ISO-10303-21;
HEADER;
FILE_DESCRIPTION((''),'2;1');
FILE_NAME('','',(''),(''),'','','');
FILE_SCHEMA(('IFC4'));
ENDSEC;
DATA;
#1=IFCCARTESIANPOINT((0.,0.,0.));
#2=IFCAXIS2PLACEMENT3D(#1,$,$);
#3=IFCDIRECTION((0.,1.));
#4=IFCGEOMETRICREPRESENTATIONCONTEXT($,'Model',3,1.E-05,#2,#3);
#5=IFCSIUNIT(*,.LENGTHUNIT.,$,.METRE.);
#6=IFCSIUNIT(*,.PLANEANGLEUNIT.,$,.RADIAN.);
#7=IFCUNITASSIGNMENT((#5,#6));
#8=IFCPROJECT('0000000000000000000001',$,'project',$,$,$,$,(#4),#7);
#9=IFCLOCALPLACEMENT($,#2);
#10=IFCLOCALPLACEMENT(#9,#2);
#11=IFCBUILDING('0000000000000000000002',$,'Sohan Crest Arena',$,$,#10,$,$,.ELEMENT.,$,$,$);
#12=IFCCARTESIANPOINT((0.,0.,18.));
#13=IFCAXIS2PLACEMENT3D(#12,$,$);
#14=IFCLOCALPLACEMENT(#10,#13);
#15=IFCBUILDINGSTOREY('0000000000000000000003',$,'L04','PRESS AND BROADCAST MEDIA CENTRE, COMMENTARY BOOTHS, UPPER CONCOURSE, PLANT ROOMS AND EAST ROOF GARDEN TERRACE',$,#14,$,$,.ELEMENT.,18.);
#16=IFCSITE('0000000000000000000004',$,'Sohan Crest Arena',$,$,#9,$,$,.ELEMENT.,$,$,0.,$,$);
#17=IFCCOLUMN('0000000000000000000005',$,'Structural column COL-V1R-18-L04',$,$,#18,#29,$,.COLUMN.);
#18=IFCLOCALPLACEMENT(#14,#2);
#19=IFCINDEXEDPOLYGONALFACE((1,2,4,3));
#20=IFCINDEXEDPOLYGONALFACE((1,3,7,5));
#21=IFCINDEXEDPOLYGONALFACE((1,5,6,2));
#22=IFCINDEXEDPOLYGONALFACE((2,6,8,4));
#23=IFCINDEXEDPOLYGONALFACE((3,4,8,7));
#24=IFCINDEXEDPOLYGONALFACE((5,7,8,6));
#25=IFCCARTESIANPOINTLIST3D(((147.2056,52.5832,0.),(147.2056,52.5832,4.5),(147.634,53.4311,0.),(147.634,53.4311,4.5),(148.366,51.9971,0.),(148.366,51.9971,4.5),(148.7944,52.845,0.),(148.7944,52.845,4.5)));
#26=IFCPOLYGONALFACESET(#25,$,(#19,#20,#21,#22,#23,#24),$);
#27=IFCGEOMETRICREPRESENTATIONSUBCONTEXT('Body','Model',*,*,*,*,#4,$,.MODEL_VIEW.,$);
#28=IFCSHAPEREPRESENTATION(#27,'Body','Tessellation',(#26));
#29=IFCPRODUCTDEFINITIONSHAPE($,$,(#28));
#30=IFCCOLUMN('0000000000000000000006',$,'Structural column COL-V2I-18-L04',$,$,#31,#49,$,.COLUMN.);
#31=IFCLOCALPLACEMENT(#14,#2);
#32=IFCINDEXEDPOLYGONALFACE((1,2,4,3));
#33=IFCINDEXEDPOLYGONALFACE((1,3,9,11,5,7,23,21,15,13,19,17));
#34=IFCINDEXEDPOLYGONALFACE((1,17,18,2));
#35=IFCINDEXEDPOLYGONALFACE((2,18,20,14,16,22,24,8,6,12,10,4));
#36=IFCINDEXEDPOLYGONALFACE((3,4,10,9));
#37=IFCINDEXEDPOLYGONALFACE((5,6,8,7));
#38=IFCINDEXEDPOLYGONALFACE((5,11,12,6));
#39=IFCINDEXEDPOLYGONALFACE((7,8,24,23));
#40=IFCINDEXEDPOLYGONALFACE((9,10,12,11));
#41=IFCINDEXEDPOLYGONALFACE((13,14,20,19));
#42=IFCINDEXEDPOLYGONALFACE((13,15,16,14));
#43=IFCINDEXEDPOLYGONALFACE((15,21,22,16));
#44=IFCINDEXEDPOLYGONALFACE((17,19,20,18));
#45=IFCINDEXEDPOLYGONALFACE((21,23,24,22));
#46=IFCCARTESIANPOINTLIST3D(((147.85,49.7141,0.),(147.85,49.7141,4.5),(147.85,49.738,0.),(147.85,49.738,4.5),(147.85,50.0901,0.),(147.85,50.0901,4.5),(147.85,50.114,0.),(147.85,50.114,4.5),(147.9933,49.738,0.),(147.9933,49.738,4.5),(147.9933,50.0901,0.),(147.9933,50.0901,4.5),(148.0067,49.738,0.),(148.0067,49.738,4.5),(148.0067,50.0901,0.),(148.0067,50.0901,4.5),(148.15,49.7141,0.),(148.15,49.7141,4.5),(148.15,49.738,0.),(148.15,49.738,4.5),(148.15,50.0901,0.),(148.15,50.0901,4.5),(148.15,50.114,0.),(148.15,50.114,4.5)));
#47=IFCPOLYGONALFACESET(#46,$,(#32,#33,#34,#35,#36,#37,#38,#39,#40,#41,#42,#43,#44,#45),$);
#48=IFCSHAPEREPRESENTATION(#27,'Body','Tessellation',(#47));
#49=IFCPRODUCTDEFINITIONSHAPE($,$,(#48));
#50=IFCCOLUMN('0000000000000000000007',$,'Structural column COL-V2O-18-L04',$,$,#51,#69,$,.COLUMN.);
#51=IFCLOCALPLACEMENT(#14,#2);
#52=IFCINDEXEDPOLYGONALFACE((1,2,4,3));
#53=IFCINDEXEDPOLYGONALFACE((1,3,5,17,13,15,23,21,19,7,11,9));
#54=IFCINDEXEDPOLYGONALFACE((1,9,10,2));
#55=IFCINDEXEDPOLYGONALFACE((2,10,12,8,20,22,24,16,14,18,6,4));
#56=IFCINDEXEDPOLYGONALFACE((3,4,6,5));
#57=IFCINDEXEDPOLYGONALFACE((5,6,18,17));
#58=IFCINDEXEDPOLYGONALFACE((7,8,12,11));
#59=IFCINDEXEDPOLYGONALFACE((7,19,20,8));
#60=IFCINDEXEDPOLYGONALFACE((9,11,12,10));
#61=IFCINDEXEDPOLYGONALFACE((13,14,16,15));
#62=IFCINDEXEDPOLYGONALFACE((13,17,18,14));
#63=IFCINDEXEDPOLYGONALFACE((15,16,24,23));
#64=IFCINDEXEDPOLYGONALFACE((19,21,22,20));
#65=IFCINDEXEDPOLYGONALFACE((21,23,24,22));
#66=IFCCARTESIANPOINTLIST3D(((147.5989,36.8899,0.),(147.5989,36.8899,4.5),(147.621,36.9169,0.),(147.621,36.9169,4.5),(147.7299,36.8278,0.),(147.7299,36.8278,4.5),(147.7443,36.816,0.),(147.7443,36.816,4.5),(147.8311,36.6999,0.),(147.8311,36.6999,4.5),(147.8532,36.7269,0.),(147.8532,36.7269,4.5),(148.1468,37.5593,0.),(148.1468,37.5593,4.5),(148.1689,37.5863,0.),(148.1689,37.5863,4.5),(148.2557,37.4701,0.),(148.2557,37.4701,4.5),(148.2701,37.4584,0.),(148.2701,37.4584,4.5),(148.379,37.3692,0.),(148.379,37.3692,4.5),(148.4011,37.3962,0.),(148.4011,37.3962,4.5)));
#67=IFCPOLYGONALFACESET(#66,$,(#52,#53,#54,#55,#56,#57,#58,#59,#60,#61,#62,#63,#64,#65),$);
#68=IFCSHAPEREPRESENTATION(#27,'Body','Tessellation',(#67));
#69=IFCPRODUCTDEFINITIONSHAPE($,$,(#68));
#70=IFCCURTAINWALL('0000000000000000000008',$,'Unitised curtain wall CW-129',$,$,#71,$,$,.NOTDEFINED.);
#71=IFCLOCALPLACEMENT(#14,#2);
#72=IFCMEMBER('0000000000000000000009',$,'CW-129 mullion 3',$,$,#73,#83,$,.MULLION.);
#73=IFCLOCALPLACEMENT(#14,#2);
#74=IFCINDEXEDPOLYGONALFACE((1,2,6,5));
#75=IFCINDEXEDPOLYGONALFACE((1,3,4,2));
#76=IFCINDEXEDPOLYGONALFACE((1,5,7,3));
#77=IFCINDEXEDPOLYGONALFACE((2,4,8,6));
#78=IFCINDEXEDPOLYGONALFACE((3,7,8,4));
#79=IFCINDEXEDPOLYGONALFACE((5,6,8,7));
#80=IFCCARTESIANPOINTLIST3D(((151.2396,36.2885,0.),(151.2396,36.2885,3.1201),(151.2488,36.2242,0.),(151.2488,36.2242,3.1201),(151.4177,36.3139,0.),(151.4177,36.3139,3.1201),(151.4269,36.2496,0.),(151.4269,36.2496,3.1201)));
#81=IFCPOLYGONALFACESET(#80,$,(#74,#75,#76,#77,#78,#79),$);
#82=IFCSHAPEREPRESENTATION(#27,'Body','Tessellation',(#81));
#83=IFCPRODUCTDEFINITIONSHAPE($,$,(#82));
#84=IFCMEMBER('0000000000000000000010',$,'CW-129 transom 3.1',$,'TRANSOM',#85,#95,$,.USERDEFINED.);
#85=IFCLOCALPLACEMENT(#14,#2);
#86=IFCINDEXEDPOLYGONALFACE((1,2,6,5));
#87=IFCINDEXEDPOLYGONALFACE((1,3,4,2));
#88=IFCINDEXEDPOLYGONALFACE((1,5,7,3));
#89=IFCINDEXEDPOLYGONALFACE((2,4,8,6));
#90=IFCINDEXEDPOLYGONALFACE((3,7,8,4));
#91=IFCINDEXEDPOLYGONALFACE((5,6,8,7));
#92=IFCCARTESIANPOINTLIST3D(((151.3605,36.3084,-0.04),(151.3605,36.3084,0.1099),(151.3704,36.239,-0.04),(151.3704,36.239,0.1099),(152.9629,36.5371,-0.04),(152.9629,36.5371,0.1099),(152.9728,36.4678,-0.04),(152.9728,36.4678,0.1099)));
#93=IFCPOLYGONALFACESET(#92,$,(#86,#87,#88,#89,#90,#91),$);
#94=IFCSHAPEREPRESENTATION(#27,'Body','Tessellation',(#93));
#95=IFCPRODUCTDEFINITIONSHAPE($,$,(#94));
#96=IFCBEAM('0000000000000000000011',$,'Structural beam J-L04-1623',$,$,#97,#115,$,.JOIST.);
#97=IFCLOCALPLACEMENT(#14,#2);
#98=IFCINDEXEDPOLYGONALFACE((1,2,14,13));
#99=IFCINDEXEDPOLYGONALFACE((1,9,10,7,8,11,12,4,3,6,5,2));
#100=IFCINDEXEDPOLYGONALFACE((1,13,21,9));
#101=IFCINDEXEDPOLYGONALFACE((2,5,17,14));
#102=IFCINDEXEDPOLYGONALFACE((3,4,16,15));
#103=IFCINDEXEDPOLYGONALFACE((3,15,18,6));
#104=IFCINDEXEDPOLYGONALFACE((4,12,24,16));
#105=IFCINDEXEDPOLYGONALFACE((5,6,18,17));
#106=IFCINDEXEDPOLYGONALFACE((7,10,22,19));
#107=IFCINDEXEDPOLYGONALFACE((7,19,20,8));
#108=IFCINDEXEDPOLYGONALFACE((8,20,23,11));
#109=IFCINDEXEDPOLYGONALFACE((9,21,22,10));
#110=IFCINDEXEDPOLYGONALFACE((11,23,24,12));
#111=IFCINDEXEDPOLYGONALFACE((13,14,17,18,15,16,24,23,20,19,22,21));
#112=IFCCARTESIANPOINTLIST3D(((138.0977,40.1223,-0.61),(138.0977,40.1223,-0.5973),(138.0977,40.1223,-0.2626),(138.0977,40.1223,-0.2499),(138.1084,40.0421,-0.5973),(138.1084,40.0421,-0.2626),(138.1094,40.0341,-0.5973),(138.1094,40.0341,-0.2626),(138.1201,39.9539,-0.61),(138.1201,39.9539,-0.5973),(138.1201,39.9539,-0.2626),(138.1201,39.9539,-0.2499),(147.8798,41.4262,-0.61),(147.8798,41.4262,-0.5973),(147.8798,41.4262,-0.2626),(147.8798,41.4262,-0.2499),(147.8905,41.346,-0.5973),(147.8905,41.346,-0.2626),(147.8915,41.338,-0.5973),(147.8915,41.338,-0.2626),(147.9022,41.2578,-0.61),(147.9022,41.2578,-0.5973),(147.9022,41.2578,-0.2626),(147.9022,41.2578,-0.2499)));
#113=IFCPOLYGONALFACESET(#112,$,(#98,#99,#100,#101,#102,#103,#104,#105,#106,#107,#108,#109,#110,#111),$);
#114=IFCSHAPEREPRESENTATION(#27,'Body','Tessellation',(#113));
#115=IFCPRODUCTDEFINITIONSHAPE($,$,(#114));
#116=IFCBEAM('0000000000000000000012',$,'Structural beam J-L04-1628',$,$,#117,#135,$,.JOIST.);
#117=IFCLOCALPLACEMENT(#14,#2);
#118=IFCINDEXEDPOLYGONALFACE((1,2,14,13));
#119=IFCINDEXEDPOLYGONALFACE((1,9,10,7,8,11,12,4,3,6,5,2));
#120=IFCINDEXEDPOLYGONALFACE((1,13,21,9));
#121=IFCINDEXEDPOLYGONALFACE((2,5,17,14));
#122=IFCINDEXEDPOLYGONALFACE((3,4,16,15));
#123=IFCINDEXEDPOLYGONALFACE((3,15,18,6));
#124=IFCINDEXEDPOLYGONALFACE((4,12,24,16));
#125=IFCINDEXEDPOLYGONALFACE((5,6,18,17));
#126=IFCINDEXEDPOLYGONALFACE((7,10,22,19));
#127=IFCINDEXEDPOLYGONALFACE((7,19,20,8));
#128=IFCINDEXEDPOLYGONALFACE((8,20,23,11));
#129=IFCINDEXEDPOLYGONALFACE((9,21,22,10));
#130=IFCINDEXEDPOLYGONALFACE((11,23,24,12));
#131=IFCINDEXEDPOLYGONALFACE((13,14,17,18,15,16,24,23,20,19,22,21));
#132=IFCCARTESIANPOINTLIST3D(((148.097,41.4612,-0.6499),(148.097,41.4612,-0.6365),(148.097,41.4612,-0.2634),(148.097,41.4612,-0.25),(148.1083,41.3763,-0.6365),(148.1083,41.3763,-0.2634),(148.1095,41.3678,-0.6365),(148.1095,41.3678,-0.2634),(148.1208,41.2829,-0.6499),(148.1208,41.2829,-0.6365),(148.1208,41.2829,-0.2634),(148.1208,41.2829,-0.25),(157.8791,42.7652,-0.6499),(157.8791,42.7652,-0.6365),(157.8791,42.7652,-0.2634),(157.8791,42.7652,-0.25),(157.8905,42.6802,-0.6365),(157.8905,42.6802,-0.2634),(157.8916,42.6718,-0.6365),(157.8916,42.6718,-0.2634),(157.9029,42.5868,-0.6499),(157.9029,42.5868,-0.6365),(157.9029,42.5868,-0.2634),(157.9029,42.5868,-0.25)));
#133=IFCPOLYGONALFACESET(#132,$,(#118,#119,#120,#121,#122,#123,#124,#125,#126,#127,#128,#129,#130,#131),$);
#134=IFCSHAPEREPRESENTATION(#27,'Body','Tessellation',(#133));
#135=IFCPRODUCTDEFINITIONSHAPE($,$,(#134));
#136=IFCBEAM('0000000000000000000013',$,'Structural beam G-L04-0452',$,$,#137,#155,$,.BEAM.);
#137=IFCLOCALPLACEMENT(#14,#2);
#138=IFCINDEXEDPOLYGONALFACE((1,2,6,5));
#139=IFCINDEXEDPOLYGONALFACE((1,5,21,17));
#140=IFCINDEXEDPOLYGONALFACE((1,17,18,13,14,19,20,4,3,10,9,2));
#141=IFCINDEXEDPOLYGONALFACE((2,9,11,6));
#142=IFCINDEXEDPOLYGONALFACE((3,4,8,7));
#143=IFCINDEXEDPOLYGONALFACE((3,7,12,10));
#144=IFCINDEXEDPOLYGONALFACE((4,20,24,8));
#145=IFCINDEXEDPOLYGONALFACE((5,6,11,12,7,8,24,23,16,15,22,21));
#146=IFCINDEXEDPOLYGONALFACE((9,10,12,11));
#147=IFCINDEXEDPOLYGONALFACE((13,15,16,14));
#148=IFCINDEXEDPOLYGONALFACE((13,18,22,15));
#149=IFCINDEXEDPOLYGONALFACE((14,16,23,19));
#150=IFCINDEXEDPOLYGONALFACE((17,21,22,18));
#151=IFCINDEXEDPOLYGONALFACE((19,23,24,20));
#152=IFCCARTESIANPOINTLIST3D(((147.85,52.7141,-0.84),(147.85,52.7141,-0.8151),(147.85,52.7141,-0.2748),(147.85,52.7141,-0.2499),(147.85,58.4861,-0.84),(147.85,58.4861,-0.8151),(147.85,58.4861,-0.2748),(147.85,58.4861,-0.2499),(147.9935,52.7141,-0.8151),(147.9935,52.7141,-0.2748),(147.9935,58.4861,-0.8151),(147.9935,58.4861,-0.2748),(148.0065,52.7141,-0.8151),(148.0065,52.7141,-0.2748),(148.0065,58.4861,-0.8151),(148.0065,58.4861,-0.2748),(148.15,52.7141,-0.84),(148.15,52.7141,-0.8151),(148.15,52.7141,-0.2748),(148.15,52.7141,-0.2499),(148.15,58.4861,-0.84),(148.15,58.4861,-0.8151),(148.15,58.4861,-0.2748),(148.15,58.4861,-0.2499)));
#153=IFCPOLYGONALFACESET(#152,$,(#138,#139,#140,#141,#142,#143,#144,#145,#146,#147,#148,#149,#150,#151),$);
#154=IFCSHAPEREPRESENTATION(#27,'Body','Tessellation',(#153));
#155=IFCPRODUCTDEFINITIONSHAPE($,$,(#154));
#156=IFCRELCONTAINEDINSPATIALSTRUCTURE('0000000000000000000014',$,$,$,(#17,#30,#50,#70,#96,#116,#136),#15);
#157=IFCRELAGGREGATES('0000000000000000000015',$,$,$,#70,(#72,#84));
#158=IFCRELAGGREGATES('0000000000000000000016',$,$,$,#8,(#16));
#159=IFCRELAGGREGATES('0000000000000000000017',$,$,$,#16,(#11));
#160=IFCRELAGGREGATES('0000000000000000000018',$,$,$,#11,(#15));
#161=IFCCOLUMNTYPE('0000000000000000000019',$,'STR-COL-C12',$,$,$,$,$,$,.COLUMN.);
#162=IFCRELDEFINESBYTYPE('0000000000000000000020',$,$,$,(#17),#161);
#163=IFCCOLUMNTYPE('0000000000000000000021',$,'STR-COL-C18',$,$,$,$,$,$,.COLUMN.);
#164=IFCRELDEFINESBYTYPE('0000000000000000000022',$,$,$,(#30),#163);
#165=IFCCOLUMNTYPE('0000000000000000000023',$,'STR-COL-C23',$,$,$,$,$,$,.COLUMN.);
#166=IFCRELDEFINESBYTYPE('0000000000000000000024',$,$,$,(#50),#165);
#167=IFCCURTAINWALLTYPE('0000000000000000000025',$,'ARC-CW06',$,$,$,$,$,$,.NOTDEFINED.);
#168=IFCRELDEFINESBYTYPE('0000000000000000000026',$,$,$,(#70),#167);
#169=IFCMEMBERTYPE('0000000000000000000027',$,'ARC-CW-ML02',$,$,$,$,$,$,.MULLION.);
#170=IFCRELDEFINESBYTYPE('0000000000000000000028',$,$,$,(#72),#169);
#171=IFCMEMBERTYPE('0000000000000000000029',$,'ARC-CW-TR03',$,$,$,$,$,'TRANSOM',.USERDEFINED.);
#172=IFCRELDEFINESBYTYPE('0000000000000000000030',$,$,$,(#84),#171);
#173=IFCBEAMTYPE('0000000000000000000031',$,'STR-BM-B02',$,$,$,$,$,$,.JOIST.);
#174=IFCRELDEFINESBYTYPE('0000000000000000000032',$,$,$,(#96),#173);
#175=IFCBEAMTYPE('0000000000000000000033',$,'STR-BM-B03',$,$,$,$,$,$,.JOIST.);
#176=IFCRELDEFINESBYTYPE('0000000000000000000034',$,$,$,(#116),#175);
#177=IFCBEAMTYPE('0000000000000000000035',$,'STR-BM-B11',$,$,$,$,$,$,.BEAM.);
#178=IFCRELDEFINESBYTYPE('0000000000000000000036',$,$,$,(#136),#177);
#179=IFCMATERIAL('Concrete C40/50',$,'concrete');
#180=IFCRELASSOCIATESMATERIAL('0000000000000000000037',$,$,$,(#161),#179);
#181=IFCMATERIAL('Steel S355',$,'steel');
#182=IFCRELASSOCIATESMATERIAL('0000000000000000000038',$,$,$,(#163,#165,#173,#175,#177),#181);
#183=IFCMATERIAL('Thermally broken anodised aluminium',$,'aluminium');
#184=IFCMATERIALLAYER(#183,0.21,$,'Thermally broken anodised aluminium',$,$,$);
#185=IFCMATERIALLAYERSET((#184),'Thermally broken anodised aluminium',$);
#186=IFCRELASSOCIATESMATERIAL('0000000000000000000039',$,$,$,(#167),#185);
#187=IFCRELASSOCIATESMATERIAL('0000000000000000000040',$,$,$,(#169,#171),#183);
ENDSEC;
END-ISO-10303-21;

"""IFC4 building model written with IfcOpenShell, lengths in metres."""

from ifc_helpers import new_model, si_unit, direction, frame, origin, origin_2d, place, context, subcontext, project, spatial, rectangle, i_section, extrude, material, layer, layer_set, material_profile, profile_set, type_object, element, aggregate, save


model = new_model("IFC4")

# Units and contexts
model_context = context("Model", 3, precision=1e-05, world=origin(), true_north=direction((0.0, 1.0)))
body_context = subcontext(model_context, "Body", "Model", "MODEL_VIEW")
ifc_project = project(units=[si_unit("LENGTHUNIT", "METRE"), si_unit("PLANEANGLEUNIT", "RADIAN")], contexts=[model_context])

# Site, building, storey
site_placement = place(None, origin())
site = spatial("IfcSite", under=ifc_project, at=site_placement, Name="Sohan Crest Arena", CompositionType="ELEMENT", RefElevation=0.0)
building_placement = place(site_placement, origin())
building = spatial("IfcBuilding", under=site, at=building_placement, Name="Sohan Crest Arena", CompositionType="ELEMENT")
storey_placement = place(building_placement, frame((0.0, 0.0, 18.0)))
storey = spatial("IfcBuildingStorey", under=building, at=storey_placement, Name="L04", Description="PRESS AND BROADCAST MEDIA CENTRE, COMMENTARY BOOTHS, UPPER CONCOURSE, PLANT ROOMS AND EAST ROOF GARDEN TERRACE", CompositionType="ELEMENT", Elevation=18.0)

# Columns
ifc_material_1 = material(Name="Concrete C40/50", Category="concrete")
ifc_material_profile_1 = material_profile(ifc_material_1, rectangle(XDim=1.3, YDim=0.95, at=origin_2d()), Name="RC 1300x950")
ifc_profile_set_1 = profile_set([ifc_material_profile_1], Name="Concrete C40/50")
column_type_1 = type_object("IfcColumnType", Name="STR-COL-C12", PredefinedType="COLUMN", material=ifc_profile_set_1)
column_1_placement = place(storey_placement, frame((148.0, 52.7141, 0.0), z_axis=(0.0, 0.0, 1.0), x_axis=(-0.892586, 0.450878, 0.0)))
element("IfcColumn", 1, at=column_1_placement, inside=storey, type_object=column_type_1, Name="Structural column COL-V1R-18-L04", PredefinedType="COLUMN", context=body_context, shape_type="SweptSolid", body=[
    extrude(rectangle(XDim=1.3, YDim=0.95, at=origin_2d()), origin(), (0.0, 0.0, 1.0), 4.5),
])
ifc_material_2 = material(Name="Steel S355", Category="steel")
ifc_material_profile_2 = material_profile(ifc_material_2, i_section(OverallWidth=0.3, OverallDepth=0.3999, WebThickness=0.0134, FlangeThickness=0.0239, at=origin_2d()), Name="HEB 400")
ifc_profile_set_2 = profile_set([ifc_material_profile_2], Name="Steel S355")
column_type_2 = type_object("IfcColumnType", Name="STR-COL-C18", PredefinedType="COLUMN", material=ifc_profile_set_2)
column_2_placement = place(storey_placement, frame((148.0, 49.9141, 0.0), z_axis=(0.0, 0.0, 1.0), x_axis=(1.0, 0.0, 0.0)))
element("IfcColumn", 2, at=column_2_placement, inside=storey, type_object=column_type_2, Name="Structural column COL-V2I-18-L04", PredefinedType="COLUMN", context=body_context, shape_type="SweptSolid", body=[
    extrude(i_section(OverallWidth=0.3, OverallDepth=0.3999, WebThickness=0.0134, FlangeThickness=0.0239, at=origin_2d()), origin(), (0.0, 0.0, 1.0), 4.5),
])
ifc_material_profile_3 = material_profile(ifc_material_2, i_section(OverallWidth=0.3, OverallDepth=0.8999, WebThickness=0.0186, FlangeThickness=0.0349, at=origin_2d()), Name="HEB 900")
ifc_profile_set_3 = profile_set([ifc_material_profile_3], Name="Steel S355")
column_type_3 = type_object("IfcColumnType", Name="STR-COL-C23", PredefinedType="COLUMN", material=ifc_profile_set_3)
column_3_placement = place(storey_placement, frame((148.0, 37.1431, 0.0), z_axis=(0.0, 0.0, 1.0), x_axis=(-0.77384, 0.633381, 0.0)))
element("IfcColumn", 3, at=column_3_placement, inside=storey, type_object=column_type_3, Name="Structural column COL-V2O-18-L04", PredefinedType="COLUMN", context=body_context, shape_type="SweptSolid", body=[
    extrude(i_section(OverallWidth=0.3, OverallDepth=0.8999, WebThickness=0.0186, FlangeThickness=0.0349, at=origin_2d()), origin(), (0.0, 0.0, 1.0), 4.5),
])

# Curtain wall, members
ifc_material_3 = material(Name="Thermally broken anodised aluminium", Category="aluminium")
ifc_layer_1 = layer(ifc_material_3, 0.21, Name="Thermally broken anodised aluminium")
ifc_layer_set_1 = layer_set([ifc_layer_1], Name="Thermally broken anodised aluminium")
curtain_wall_type = type_object("IfcCurtainWallType", Name="ARC-CW06", PredefinedType="NOTDEFINED", material=ifc_layer_set_1)
curtain_wall_placement = place(storey_placement, origin())
curtain_wall = element("IfcCurtainWall", 4, at=curtain_wall_placement, inside=storey, type_object=curtain_wall_type, Name="Unitised curtain wall CW-129", PredefinedType="NOTDEFINED")
ifc_material_profile_4 = material_profile(ifc_material_3, rectangle(XDim=0.0649, YDim=0.1799, at=origin_2d()), Name="ALU-MULL 65x180")
ifc_profile_set_4 = profile_set([ifc_material_profile_4], Name="Thermally broken anodised aluminium")
member_type_1 = type_object("IfcMemberType", Name="ARC-CW-ML02", PredefinedType="MULLION", material=ifc_profile_set_4)
member_1_placement = place(storey_placement, frame((151.3333, 36.269, 0.0), z_axis=(0.0, 0.0, 1.0), x_axis=(-0.141366, 0.989957, 0.0)))
member_1 = element("IfcMember", 5, at=member_1_placement, type_object=member_type_1, Name="CW-129 mullion 3", PredefinedType="MULLION", context=body_context, shape_type="SweptSolid", body=[
    extrude(rectangle(XDim=0.0649, YDim=0.1799, at=origin_2d()), origin(), (0.0, 0.0, 1.0), 3.1201),
])
ifc_material_profile_5 = material_profile(ifc_material_3, rectangle(XDim=0.0701, YDim=0.1499, at=origin_2d()), Name="ALU-TRAN 70x150")
ifc_profile_set_5 = profile_set([ifc_material_profile_5], Name="Thermally broken anodised aluminium")
member_type_2 = type_object("IfcMemberType", Name="ARC-CW-TR03", ElementType="TRANSOM", PredefinedType="USERDEFINED", material=ifc_profile_set_5)
member_2_placement = place(storey_placement, frame((151.3655, 36.2737, 0.0349), z_axis=(0.989962, 0.141337, 0.0), x_axis=(-0.141337, 0.989962, 0.0)))
member_2 = element("IfcMember", 6, at=member_2_placement, type_object=member_type_2, Name="CW-129 transom 3.1", ObjectType="TRANSOM", PredefinedType="USERDEFINED", context=body_context, shape_type="SweptSolid", body=[
    extrude(rectangle(XDim=0.0701, YDim=0.1499, at=origin_2d()), origin(), (0.0, 0.0, 1.0), 1.6187),
])

# Beams
ifc_material_profile_6 = material_profile(ifc_material_2, i_section(OverallWidth=0.1699, OverallDepth=0.3601, WebThickness=0.0081, FlangeThickness=0.0127, at=origin_2d()), Name="IPE 360")
ifc_profile_set_6 = profile_set([ifc_material_profile_6], Name="Steel S355")
beam_type_1 = type_object("IfcBeamType", Name="STR-BM-B02", PredefinedType="JOIST", material=ifc_profile_set_6)
beam_1_placement = place(storey_placement, frame((138.1089, 40.0381, -0.4299), z_axis=(0.991232, 0.13213, 0.0), x_axis=(-0.13213, 0.991232, 0.0)))
element("IfcBeam", 7, at=beam_1_placement, inside=storey, type_object=beam_type_1, Name="Structural beam J-L04-1623", PredefinedType="JOIST", context=body_context, shape_type="SweptSolid", body=[
    extrude(i_section(OverallWidth=0.1699, OverallDepth=0.3601, WebThickness=0.0081, FlangeThickness=0.0127, at=origin_2d()), origin(), (0.0, 0.0, 1.0), 9.8687),
])
ifc_material_profile_7 = material_profile(ifc_material_2, i_section(OverallWidth=0.1799, OverallDepth=0.3999, WebThickness=0.0085, FlangeThickness=0.0134, at=origin_2d()), Name="IPE 400")
ifc_profile_set_7 = profile_set([ifc_material_profile_7], Name="Steel S355")
beam_type_2 = type_object("IfcBeamType", Name="STR-BM-B03", PredefinedType="JOIST", material=ifc_profile_set_7)
beam_2_placement = place(storey_placement, frame((148.1089, 41.3721, -0.45), z_axis=(0.991232, 0.13213, 0.0), x_axis=(-0.13213, 0.991232, 0.0)))
element("IfcBeam", 8, at=beam_2_placement, inside=storey, type_object=beam_type_2, Name="Structural beam J-L04-1628", PredefinedType="JOIST", context=body_context, shape_type="SweptSolid", body=[
    extrude(i_section(OverallWidth=0.1799, OverallDepth=0.3999, WebThickness=0.0085, FlangeThickness=0.0134, at=origin_2d()), origin(), (0.0, 0.0, 1.0), 9.8687),
])
ifc_material_profile_8 = material_profile(ifc_material_2, i_section(OverallWidth=0.3, OverallDepth=0.5901, WebThickness=0.0129, FlangeThickness=0.0249, at=origin_2d()), Name="HEA 600")
ifc_profile_set_8 = profile_set([ifc_material_profile_8], Name="Steel S355")
beam_type_3 = type_object("IfcBeamType", Name="STR-BM-B11", PredefinedType="BEAM", material=ifc_profile_set_8)
beam_3_placement = place(storey_placement, frame((148.0, 58.4861, -0.5449), z_axis=(0.0, -1.0, 0.0), x_axis=(1.0, 0.0, 0.0)))
element("IfcBeam", 9, at=beam_3_placement, inside=storey, type_object=beam_type_3, Name="Structural beam G-L04-0452", PredefinedType="BEAM", context=body_context, shape_type="SweptSolid", body=[
    extrude(i_section(OverallWidth=0.3, OverallDepth=0.5901, WebThickness=0.0129, FlangeThickness=0.0249, at=origin_2d()), origin(), (0.0, 0.0, 1.0), 5.772),
])

aggregate(curtain_wall, [member_1, member_2])

save(model, "model.ifc")
